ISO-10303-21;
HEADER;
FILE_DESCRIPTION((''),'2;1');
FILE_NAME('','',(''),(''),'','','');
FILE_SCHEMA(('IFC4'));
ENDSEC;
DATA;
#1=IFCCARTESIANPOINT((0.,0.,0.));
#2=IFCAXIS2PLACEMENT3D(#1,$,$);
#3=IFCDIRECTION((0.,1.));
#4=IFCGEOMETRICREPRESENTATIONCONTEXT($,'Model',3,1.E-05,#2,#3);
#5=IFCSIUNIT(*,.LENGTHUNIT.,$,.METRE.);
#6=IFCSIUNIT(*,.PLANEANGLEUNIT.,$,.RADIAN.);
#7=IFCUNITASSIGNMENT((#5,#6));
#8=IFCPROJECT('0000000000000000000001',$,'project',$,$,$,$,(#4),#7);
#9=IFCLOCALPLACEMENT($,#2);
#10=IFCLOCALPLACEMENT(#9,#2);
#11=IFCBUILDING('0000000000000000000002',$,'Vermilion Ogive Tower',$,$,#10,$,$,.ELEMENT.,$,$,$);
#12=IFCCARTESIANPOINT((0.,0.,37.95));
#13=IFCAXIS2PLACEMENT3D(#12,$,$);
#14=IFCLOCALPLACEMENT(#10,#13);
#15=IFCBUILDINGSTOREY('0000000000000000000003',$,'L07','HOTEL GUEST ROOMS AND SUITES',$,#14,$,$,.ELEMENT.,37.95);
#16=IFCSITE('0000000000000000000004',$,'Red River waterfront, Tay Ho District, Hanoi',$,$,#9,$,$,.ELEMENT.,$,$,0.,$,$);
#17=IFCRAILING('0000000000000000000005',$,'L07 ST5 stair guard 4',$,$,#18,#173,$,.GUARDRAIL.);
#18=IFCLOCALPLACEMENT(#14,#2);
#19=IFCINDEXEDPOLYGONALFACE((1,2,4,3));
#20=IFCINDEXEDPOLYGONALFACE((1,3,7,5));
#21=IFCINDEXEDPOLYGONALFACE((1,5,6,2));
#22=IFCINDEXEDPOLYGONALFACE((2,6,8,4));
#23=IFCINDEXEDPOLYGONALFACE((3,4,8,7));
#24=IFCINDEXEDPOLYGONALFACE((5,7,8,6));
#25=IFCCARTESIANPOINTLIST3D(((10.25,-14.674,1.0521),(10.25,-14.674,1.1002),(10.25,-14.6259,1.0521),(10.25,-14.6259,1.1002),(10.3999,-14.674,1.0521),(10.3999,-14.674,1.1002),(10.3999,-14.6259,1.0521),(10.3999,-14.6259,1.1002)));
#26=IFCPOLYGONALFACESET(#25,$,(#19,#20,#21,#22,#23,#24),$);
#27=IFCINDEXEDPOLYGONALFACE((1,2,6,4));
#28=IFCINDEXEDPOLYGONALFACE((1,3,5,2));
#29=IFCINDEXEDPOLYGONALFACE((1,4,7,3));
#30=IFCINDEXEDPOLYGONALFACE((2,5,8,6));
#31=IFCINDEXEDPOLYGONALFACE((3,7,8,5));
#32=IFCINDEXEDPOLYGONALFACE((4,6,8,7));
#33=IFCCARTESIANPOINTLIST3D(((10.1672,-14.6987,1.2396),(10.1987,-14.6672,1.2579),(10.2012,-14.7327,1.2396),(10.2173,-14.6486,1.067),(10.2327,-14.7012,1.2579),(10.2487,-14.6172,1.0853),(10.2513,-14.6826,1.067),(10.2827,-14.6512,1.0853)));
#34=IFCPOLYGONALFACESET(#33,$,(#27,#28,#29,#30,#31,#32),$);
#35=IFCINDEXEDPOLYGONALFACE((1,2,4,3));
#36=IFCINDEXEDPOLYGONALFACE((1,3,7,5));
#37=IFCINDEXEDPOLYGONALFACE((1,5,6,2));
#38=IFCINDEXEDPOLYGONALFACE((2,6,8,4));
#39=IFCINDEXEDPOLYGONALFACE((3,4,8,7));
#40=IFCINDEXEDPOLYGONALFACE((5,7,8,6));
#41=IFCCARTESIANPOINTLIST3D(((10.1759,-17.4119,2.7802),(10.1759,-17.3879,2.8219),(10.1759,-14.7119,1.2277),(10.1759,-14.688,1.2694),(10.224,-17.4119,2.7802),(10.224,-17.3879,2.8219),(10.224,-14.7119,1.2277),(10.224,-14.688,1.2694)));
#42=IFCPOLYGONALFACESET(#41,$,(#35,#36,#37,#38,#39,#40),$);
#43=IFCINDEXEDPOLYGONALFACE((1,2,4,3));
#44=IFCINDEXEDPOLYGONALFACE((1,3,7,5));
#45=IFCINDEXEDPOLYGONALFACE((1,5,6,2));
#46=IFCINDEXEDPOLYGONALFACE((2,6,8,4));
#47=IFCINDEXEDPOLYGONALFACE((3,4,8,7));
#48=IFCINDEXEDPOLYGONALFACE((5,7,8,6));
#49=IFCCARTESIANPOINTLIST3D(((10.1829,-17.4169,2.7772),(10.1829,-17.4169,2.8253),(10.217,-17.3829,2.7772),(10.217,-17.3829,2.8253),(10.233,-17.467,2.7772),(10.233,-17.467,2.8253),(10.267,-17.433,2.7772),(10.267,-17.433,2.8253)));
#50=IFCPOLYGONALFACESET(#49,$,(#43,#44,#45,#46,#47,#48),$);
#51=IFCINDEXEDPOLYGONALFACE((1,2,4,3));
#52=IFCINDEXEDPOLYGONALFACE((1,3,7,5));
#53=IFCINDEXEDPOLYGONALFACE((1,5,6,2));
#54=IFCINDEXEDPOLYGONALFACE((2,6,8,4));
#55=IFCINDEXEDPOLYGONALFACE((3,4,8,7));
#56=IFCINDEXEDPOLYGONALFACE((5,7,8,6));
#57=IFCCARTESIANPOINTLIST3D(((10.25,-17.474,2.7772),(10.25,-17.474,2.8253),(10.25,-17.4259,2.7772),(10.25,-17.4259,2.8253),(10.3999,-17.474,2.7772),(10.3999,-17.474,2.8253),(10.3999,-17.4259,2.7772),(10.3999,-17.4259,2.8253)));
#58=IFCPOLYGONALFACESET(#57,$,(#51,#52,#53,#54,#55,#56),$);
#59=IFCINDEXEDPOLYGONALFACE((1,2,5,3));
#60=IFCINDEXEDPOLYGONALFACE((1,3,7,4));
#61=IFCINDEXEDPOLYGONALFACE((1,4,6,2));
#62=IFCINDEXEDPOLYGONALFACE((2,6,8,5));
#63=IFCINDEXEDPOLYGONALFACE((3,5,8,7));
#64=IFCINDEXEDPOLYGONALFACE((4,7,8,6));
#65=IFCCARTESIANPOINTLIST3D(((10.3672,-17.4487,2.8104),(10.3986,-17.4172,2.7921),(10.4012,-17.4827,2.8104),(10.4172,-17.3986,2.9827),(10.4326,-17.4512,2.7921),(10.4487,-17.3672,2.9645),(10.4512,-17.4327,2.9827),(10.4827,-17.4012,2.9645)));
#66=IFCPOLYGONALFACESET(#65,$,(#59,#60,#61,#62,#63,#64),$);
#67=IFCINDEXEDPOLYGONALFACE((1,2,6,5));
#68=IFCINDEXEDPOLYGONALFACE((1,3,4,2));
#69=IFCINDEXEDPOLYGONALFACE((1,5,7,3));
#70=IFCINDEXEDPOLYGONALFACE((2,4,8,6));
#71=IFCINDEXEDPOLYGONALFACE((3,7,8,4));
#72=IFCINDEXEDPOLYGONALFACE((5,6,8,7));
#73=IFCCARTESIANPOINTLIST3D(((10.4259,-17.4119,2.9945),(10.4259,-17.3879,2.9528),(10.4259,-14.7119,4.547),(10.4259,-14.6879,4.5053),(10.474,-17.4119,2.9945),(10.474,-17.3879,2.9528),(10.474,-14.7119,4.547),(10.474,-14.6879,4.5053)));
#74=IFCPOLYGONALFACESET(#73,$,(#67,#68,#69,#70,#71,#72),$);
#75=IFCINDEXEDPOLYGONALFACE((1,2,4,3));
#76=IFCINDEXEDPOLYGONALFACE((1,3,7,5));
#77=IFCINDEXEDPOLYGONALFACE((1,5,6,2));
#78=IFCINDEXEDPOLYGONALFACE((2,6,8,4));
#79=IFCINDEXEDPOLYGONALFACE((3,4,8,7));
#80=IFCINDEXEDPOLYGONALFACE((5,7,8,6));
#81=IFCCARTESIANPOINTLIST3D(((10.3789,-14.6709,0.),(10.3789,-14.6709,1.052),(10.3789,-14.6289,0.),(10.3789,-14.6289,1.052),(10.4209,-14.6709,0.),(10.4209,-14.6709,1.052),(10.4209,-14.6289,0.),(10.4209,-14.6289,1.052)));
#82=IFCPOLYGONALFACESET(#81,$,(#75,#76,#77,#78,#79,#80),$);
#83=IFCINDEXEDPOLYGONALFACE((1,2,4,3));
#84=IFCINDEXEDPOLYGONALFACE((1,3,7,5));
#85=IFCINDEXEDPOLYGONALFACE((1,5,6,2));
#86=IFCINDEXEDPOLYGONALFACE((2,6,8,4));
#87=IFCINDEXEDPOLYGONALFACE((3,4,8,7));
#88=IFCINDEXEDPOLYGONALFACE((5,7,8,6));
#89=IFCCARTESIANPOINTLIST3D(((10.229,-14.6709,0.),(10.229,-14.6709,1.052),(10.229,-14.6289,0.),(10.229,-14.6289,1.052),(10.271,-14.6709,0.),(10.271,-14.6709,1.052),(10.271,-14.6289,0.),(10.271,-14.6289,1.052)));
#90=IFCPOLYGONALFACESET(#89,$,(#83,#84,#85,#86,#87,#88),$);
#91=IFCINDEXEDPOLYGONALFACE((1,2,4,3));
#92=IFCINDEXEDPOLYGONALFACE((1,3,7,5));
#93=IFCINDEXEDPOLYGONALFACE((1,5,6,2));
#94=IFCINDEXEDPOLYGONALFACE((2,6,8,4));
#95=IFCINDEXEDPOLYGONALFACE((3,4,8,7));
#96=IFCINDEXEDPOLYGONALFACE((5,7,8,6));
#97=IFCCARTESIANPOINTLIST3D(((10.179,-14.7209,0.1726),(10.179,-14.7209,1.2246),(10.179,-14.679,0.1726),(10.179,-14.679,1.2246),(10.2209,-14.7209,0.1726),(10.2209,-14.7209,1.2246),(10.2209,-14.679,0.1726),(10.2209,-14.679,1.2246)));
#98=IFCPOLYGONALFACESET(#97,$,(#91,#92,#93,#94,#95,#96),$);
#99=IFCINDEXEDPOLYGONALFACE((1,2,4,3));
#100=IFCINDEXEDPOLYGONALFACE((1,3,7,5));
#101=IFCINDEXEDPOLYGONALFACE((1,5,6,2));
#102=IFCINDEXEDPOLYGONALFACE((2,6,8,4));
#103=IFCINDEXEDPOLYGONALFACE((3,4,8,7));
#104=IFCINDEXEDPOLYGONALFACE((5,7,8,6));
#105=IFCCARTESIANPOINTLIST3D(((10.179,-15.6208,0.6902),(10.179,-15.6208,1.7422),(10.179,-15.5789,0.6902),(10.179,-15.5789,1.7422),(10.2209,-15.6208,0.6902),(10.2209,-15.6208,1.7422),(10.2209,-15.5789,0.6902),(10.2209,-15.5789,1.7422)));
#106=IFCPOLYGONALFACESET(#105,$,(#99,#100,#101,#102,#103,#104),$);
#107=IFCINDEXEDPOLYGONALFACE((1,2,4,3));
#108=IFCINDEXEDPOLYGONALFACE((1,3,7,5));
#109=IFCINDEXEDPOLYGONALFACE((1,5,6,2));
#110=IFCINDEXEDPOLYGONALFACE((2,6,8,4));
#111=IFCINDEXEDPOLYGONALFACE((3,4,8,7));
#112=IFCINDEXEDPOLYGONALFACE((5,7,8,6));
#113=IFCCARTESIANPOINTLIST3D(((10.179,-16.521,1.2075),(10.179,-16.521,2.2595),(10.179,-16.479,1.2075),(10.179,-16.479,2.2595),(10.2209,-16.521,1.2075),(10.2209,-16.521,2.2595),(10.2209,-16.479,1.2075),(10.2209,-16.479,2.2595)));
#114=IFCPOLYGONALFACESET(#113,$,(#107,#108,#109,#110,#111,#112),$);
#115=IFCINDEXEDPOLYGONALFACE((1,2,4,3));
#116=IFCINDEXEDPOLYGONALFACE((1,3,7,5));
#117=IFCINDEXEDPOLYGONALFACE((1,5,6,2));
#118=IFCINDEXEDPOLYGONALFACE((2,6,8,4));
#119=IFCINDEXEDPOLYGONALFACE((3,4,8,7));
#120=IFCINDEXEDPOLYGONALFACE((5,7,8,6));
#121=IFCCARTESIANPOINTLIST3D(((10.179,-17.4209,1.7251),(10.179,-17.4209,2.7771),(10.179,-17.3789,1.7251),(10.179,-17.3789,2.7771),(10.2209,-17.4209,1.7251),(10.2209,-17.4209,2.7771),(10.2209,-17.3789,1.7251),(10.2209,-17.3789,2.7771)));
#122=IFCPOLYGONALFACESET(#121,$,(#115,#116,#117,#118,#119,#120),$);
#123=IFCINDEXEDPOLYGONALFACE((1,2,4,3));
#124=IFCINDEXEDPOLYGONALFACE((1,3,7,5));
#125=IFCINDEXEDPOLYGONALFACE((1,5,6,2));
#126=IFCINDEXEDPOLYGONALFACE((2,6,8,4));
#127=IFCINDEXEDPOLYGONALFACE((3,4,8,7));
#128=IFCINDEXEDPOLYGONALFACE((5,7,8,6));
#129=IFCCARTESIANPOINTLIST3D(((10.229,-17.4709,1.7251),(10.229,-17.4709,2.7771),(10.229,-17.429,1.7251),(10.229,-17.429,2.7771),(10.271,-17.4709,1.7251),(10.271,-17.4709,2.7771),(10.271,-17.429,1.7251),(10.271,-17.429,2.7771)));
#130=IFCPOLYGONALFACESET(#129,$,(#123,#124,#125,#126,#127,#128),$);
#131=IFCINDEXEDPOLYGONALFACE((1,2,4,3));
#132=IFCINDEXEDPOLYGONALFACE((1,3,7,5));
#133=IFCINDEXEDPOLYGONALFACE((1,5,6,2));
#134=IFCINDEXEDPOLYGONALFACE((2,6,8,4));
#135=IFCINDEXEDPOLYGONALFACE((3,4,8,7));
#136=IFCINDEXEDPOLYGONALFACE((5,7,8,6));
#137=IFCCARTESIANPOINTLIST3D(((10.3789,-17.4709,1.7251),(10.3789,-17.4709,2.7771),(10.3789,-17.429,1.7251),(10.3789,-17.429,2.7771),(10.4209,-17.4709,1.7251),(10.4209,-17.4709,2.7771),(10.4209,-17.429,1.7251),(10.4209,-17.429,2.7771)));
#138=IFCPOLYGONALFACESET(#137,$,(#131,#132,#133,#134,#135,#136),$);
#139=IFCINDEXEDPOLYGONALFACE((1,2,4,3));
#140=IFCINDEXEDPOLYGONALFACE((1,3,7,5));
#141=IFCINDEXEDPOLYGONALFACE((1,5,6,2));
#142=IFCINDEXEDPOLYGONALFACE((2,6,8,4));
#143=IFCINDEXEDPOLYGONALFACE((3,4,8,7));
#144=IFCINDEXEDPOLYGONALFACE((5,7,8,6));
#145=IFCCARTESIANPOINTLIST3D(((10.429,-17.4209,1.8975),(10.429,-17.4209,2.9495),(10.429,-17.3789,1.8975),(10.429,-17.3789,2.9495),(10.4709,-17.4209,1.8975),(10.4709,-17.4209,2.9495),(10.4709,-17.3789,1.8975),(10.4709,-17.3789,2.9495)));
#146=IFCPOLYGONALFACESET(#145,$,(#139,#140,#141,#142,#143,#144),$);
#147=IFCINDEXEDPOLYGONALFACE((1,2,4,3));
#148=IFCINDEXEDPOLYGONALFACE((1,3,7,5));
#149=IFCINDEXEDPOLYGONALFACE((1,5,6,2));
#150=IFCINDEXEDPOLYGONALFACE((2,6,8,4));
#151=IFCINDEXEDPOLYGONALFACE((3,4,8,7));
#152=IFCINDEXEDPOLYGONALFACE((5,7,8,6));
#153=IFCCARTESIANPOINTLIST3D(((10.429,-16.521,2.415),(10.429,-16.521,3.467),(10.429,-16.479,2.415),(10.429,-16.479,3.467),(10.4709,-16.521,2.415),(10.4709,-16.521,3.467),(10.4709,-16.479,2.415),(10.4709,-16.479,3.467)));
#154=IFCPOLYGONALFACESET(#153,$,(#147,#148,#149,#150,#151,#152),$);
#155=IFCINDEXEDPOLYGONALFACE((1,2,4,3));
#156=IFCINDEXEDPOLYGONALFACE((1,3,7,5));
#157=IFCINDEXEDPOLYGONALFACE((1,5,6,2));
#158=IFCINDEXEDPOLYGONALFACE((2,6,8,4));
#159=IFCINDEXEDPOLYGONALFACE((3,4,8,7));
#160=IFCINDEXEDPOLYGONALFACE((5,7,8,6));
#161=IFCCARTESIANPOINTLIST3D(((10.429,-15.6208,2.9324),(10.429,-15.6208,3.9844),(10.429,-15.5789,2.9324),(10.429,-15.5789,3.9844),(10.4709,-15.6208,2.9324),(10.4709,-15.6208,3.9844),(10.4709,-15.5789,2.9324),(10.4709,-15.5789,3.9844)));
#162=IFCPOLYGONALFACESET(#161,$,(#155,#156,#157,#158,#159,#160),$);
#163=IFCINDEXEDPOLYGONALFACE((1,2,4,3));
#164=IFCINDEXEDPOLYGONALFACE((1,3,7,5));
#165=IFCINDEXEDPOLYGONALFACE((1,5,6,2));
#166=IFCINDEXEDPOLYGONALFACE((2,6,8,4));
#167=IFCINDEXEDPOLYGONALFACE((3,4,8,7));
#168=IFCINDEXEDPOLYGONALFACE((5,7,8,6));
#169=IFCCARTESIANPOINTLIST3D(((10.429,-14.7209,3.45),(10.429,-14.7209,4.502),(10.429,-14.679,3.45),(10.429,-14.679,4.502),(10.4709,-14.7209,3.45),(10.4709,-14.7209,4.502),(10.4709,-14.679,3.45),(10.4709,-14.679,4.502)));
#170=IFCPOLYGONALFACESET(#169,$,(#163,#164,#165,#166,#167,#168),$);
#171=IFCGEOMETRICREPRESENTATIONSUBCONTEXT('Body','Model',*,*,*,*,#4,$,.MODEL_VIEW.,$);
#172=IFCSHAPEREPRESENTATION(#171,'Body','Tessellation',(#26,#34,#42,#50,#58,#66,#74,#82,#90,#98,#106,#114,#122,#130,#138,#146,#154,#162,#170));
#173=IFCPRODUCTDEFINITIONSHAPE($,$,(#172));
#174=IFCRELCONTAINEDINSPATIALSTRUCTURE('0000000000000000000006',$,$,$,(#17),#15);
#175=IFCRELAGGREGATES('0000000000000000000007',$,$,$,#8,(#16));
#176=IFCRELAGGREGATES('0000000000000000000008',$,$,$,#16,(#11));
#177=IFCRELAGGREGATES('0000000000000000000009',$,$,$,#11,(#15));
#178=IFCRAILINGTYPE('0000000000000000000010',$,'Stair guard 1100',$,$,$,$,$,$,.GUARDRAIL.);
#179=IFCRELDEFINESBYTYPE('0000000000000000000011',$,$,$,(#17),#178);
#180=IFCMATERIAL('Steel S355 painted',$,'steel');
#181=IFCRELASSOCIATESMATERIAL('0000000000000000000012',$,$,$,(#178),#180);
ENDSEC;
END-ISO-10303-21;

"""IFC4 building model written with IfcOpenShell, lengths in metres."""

from ifc_helpers import new_model, si_unit, direction, frame, origin, origin_2d, place, context, subcontext, project, spatial, rectangle, extrude, material, type_object, element, save


model = new_model("IFC4")

# Units and contexts
model_context = context("Model", 3, precision=1e-05, world=origin(), true_north=direction((0.0, 1.0)))
body_context = subcontext(model_context, "Body", "Model", "MODEL_VIEW")
ifc_project = project(units=[si_unit("LENGTHUNIT", "METRE"), si_unit("PLANEANGLEUNIT", "RADIAN")], contexts=[model_context])

# Site, building, storey
site_placement = place(None, origin())
site = spatial("IfcSite", under=ifc_project, at=site_placement, Name="Red River waterfront, Tay Ho District, Hanoi", CompositionType="ELEMENT", RefElevation=0.0)
building_placement = place(site_placement, origin())
building = spatial("IfcBuilding", under=site, at=building_placement, Name="Vermilion Ogive Tower", CompositionType="ELEMENT")
storey_placement = place(building_placement, frame((0.0, 0.0, 37.95)))
storey = spatial("IfcBuildingStorey", under=building, at=storey_placement, Name="L07", Description="HOTEL GUEST ROOMS AND SUITES", CompositionType="ELEMENT", Elevation=37.95)

# Railing
ifc_material_1 = material(Name="Steel S355 painted", Category="steel")
railing_type = type_object("IfcRailingType", Name="Stair guard 1100", PredefinedType="GUARDRAIL", material=ifc_material_1)
railing_1_placement = place(storey_placement, frame((10.3999, -14.6499, 0.0)))
element("IfcRailing", 1, at=railing_1_placement, inside=storey, type_object=railing_type, Name="L07 ST5 stair guard 4", PredefinedType="GUARDRAIL", context=body_context, shape_type="SweptSolid", body=[
    extrude(rectangle(XDim=0.0481, YDim=0.0481, at=origin_2d()), frame((0.0, 0.0, 1.0762), z_axis=(-1.0, 0.0, 0.0), x_axis=(0.0, -1.0, 0.0)), (0.0, 0.0, 1.0), 0.1499),
    extrude(rectangle(XDim=0.0481, YDim=0.0481, at=origin_2d()), frame((-0.1499, 0.0, 1.0762), z_axis=(-0.268278, -0.268278, 0.925232), x_axis=(0.707107, -0.707107, 0.0)), (0.0, 0.0, 1.0), 0.1865),
    extrude(rectangle(XDim=0.0481, YDim=0.0481, at=origin_2d()), frame((-0.2, -0.05, 1.2485), z_axis=(0.0, -0.866904, 0.498476), x_axis=(1.0, 0.0, 0.0)), (0.0, 0.0, 1.0), 3.1145),
    extrude(rectangle(XDim=0.0481, YDim=0.0481, at=origin_2d()), frame((-0.2, -2.75, 2.8013), z_axis=(0.707107, -0.707107, 0.0), x_axis=(0.707107, 0.707107, 0.0)), (0.0, 0.0, 1.0), 0.0708),
    extrude(rectangle(XDim=0.0481, YDim=0.0481, at=origin_2d()), frame((-0.1499, -2.8, 2.8013), z_axis=(1.0, 0.0, 0.0), x_axis=(0.0, 1.0, 0.0)), (0.0, 0.0, 1.0), 0.1499),
    extrude(rectangle(XDim=0.0481, YDim=0.0481, at=origin_2d()), frame((0.0, -2.8, 2.8013), z_axis=(0.268603, 0.268603, 0.925043), x_axis=(-0.707107, 0.707107, 0.0)), (0.0, 0.0, 1.0), 0.1863),
    extrude(rectangle(XDim=0.0481, YDim=0.0481, at=origin_2d()), frame((0.05, -2.75, 2.9736), z_axis=(0.0, 0.866904, 0.498476), x_axis=(-1.0, 0.0, 0.0)), (0.0, 0.0, 1.0), 3.1145),
    extrude(rectangle(XDim=0.042, YDim=0.042, at=origin_2d()), origin(), (0.0, 0.0, 1.0), 1.052),
    extrude(rectangle(XDim=0.042, YDim=0.042, at=origin_2d()), frame((-0.1499, 0.0, 0.0)), (0.0, 0.0, 1.0), 1.052),
    extrude(rectangle(XDim=0.042, YDim=0.042, at=origin_2d()), frame((-0.2, -0.05, 0.1726)), (0.0, 0.0, 1.0), 1.052),
    extrude(rectangle(XDim=0.042, YDim=0.042, at=origin_2d()), frame((-0.2, -0.95, 0.6902)), (0.0, 0.0, 1.0), 1.052),
    extrude(rectangle(XDim=0.042, YDim=0.042, at=origin_2d()), frame((-0.2, -1.8501, 1.2075)), (0.0, 0.0, 1.0), 1.052),
    extrude(rectangle(XDim=0.042, YDim=0.042, at=origin_2d()), frame((-0.2, -2.75, 1.7251)), (0.0, 0.0, 1.0), 1.052),
    extrude(rectangle(XDim=0.042, YDim=0.042, at=origin_2d()), frame((-0.1499, -2.8, 1.7251)), (0.0, 0.0, 1.0), 1.052),
    extrude(rectangle(XDim=0.042, YDim=0.042, at=origin_2d()), frame((0.0, -2.8, 1.7251)), (0.0, 0.0, 1.0), 1.052),
    extrude(rectangle(XDim=0.042, YDim=0.042, at=origin_2d()), frame((0.05, -2.75, 1.8975)), (0.0, 0.0, 1.0), 1.052),
    extrude(rectangle(XDim=0.042, YDim=0.042, at=origin_2d()), frame((0.05, -1.8501, 2.415)), (0.0, 0.0, 1.0), 1.052),
    extrude(rectangle(XDim=0.042, YDim=0.042, at=origin_2d()), frame((0.05, -0.95, 2.9324)), (0.0, 0.0, 1.0), 1.052),
    extrude(rectangle(XDim=0.042, YDim=0.042, at=origin_2d()), frame((0.05, -0.05, 3.45)), (0.0, 0.0, 1.0), 1.052),
])

save(model, "model.ifc")
